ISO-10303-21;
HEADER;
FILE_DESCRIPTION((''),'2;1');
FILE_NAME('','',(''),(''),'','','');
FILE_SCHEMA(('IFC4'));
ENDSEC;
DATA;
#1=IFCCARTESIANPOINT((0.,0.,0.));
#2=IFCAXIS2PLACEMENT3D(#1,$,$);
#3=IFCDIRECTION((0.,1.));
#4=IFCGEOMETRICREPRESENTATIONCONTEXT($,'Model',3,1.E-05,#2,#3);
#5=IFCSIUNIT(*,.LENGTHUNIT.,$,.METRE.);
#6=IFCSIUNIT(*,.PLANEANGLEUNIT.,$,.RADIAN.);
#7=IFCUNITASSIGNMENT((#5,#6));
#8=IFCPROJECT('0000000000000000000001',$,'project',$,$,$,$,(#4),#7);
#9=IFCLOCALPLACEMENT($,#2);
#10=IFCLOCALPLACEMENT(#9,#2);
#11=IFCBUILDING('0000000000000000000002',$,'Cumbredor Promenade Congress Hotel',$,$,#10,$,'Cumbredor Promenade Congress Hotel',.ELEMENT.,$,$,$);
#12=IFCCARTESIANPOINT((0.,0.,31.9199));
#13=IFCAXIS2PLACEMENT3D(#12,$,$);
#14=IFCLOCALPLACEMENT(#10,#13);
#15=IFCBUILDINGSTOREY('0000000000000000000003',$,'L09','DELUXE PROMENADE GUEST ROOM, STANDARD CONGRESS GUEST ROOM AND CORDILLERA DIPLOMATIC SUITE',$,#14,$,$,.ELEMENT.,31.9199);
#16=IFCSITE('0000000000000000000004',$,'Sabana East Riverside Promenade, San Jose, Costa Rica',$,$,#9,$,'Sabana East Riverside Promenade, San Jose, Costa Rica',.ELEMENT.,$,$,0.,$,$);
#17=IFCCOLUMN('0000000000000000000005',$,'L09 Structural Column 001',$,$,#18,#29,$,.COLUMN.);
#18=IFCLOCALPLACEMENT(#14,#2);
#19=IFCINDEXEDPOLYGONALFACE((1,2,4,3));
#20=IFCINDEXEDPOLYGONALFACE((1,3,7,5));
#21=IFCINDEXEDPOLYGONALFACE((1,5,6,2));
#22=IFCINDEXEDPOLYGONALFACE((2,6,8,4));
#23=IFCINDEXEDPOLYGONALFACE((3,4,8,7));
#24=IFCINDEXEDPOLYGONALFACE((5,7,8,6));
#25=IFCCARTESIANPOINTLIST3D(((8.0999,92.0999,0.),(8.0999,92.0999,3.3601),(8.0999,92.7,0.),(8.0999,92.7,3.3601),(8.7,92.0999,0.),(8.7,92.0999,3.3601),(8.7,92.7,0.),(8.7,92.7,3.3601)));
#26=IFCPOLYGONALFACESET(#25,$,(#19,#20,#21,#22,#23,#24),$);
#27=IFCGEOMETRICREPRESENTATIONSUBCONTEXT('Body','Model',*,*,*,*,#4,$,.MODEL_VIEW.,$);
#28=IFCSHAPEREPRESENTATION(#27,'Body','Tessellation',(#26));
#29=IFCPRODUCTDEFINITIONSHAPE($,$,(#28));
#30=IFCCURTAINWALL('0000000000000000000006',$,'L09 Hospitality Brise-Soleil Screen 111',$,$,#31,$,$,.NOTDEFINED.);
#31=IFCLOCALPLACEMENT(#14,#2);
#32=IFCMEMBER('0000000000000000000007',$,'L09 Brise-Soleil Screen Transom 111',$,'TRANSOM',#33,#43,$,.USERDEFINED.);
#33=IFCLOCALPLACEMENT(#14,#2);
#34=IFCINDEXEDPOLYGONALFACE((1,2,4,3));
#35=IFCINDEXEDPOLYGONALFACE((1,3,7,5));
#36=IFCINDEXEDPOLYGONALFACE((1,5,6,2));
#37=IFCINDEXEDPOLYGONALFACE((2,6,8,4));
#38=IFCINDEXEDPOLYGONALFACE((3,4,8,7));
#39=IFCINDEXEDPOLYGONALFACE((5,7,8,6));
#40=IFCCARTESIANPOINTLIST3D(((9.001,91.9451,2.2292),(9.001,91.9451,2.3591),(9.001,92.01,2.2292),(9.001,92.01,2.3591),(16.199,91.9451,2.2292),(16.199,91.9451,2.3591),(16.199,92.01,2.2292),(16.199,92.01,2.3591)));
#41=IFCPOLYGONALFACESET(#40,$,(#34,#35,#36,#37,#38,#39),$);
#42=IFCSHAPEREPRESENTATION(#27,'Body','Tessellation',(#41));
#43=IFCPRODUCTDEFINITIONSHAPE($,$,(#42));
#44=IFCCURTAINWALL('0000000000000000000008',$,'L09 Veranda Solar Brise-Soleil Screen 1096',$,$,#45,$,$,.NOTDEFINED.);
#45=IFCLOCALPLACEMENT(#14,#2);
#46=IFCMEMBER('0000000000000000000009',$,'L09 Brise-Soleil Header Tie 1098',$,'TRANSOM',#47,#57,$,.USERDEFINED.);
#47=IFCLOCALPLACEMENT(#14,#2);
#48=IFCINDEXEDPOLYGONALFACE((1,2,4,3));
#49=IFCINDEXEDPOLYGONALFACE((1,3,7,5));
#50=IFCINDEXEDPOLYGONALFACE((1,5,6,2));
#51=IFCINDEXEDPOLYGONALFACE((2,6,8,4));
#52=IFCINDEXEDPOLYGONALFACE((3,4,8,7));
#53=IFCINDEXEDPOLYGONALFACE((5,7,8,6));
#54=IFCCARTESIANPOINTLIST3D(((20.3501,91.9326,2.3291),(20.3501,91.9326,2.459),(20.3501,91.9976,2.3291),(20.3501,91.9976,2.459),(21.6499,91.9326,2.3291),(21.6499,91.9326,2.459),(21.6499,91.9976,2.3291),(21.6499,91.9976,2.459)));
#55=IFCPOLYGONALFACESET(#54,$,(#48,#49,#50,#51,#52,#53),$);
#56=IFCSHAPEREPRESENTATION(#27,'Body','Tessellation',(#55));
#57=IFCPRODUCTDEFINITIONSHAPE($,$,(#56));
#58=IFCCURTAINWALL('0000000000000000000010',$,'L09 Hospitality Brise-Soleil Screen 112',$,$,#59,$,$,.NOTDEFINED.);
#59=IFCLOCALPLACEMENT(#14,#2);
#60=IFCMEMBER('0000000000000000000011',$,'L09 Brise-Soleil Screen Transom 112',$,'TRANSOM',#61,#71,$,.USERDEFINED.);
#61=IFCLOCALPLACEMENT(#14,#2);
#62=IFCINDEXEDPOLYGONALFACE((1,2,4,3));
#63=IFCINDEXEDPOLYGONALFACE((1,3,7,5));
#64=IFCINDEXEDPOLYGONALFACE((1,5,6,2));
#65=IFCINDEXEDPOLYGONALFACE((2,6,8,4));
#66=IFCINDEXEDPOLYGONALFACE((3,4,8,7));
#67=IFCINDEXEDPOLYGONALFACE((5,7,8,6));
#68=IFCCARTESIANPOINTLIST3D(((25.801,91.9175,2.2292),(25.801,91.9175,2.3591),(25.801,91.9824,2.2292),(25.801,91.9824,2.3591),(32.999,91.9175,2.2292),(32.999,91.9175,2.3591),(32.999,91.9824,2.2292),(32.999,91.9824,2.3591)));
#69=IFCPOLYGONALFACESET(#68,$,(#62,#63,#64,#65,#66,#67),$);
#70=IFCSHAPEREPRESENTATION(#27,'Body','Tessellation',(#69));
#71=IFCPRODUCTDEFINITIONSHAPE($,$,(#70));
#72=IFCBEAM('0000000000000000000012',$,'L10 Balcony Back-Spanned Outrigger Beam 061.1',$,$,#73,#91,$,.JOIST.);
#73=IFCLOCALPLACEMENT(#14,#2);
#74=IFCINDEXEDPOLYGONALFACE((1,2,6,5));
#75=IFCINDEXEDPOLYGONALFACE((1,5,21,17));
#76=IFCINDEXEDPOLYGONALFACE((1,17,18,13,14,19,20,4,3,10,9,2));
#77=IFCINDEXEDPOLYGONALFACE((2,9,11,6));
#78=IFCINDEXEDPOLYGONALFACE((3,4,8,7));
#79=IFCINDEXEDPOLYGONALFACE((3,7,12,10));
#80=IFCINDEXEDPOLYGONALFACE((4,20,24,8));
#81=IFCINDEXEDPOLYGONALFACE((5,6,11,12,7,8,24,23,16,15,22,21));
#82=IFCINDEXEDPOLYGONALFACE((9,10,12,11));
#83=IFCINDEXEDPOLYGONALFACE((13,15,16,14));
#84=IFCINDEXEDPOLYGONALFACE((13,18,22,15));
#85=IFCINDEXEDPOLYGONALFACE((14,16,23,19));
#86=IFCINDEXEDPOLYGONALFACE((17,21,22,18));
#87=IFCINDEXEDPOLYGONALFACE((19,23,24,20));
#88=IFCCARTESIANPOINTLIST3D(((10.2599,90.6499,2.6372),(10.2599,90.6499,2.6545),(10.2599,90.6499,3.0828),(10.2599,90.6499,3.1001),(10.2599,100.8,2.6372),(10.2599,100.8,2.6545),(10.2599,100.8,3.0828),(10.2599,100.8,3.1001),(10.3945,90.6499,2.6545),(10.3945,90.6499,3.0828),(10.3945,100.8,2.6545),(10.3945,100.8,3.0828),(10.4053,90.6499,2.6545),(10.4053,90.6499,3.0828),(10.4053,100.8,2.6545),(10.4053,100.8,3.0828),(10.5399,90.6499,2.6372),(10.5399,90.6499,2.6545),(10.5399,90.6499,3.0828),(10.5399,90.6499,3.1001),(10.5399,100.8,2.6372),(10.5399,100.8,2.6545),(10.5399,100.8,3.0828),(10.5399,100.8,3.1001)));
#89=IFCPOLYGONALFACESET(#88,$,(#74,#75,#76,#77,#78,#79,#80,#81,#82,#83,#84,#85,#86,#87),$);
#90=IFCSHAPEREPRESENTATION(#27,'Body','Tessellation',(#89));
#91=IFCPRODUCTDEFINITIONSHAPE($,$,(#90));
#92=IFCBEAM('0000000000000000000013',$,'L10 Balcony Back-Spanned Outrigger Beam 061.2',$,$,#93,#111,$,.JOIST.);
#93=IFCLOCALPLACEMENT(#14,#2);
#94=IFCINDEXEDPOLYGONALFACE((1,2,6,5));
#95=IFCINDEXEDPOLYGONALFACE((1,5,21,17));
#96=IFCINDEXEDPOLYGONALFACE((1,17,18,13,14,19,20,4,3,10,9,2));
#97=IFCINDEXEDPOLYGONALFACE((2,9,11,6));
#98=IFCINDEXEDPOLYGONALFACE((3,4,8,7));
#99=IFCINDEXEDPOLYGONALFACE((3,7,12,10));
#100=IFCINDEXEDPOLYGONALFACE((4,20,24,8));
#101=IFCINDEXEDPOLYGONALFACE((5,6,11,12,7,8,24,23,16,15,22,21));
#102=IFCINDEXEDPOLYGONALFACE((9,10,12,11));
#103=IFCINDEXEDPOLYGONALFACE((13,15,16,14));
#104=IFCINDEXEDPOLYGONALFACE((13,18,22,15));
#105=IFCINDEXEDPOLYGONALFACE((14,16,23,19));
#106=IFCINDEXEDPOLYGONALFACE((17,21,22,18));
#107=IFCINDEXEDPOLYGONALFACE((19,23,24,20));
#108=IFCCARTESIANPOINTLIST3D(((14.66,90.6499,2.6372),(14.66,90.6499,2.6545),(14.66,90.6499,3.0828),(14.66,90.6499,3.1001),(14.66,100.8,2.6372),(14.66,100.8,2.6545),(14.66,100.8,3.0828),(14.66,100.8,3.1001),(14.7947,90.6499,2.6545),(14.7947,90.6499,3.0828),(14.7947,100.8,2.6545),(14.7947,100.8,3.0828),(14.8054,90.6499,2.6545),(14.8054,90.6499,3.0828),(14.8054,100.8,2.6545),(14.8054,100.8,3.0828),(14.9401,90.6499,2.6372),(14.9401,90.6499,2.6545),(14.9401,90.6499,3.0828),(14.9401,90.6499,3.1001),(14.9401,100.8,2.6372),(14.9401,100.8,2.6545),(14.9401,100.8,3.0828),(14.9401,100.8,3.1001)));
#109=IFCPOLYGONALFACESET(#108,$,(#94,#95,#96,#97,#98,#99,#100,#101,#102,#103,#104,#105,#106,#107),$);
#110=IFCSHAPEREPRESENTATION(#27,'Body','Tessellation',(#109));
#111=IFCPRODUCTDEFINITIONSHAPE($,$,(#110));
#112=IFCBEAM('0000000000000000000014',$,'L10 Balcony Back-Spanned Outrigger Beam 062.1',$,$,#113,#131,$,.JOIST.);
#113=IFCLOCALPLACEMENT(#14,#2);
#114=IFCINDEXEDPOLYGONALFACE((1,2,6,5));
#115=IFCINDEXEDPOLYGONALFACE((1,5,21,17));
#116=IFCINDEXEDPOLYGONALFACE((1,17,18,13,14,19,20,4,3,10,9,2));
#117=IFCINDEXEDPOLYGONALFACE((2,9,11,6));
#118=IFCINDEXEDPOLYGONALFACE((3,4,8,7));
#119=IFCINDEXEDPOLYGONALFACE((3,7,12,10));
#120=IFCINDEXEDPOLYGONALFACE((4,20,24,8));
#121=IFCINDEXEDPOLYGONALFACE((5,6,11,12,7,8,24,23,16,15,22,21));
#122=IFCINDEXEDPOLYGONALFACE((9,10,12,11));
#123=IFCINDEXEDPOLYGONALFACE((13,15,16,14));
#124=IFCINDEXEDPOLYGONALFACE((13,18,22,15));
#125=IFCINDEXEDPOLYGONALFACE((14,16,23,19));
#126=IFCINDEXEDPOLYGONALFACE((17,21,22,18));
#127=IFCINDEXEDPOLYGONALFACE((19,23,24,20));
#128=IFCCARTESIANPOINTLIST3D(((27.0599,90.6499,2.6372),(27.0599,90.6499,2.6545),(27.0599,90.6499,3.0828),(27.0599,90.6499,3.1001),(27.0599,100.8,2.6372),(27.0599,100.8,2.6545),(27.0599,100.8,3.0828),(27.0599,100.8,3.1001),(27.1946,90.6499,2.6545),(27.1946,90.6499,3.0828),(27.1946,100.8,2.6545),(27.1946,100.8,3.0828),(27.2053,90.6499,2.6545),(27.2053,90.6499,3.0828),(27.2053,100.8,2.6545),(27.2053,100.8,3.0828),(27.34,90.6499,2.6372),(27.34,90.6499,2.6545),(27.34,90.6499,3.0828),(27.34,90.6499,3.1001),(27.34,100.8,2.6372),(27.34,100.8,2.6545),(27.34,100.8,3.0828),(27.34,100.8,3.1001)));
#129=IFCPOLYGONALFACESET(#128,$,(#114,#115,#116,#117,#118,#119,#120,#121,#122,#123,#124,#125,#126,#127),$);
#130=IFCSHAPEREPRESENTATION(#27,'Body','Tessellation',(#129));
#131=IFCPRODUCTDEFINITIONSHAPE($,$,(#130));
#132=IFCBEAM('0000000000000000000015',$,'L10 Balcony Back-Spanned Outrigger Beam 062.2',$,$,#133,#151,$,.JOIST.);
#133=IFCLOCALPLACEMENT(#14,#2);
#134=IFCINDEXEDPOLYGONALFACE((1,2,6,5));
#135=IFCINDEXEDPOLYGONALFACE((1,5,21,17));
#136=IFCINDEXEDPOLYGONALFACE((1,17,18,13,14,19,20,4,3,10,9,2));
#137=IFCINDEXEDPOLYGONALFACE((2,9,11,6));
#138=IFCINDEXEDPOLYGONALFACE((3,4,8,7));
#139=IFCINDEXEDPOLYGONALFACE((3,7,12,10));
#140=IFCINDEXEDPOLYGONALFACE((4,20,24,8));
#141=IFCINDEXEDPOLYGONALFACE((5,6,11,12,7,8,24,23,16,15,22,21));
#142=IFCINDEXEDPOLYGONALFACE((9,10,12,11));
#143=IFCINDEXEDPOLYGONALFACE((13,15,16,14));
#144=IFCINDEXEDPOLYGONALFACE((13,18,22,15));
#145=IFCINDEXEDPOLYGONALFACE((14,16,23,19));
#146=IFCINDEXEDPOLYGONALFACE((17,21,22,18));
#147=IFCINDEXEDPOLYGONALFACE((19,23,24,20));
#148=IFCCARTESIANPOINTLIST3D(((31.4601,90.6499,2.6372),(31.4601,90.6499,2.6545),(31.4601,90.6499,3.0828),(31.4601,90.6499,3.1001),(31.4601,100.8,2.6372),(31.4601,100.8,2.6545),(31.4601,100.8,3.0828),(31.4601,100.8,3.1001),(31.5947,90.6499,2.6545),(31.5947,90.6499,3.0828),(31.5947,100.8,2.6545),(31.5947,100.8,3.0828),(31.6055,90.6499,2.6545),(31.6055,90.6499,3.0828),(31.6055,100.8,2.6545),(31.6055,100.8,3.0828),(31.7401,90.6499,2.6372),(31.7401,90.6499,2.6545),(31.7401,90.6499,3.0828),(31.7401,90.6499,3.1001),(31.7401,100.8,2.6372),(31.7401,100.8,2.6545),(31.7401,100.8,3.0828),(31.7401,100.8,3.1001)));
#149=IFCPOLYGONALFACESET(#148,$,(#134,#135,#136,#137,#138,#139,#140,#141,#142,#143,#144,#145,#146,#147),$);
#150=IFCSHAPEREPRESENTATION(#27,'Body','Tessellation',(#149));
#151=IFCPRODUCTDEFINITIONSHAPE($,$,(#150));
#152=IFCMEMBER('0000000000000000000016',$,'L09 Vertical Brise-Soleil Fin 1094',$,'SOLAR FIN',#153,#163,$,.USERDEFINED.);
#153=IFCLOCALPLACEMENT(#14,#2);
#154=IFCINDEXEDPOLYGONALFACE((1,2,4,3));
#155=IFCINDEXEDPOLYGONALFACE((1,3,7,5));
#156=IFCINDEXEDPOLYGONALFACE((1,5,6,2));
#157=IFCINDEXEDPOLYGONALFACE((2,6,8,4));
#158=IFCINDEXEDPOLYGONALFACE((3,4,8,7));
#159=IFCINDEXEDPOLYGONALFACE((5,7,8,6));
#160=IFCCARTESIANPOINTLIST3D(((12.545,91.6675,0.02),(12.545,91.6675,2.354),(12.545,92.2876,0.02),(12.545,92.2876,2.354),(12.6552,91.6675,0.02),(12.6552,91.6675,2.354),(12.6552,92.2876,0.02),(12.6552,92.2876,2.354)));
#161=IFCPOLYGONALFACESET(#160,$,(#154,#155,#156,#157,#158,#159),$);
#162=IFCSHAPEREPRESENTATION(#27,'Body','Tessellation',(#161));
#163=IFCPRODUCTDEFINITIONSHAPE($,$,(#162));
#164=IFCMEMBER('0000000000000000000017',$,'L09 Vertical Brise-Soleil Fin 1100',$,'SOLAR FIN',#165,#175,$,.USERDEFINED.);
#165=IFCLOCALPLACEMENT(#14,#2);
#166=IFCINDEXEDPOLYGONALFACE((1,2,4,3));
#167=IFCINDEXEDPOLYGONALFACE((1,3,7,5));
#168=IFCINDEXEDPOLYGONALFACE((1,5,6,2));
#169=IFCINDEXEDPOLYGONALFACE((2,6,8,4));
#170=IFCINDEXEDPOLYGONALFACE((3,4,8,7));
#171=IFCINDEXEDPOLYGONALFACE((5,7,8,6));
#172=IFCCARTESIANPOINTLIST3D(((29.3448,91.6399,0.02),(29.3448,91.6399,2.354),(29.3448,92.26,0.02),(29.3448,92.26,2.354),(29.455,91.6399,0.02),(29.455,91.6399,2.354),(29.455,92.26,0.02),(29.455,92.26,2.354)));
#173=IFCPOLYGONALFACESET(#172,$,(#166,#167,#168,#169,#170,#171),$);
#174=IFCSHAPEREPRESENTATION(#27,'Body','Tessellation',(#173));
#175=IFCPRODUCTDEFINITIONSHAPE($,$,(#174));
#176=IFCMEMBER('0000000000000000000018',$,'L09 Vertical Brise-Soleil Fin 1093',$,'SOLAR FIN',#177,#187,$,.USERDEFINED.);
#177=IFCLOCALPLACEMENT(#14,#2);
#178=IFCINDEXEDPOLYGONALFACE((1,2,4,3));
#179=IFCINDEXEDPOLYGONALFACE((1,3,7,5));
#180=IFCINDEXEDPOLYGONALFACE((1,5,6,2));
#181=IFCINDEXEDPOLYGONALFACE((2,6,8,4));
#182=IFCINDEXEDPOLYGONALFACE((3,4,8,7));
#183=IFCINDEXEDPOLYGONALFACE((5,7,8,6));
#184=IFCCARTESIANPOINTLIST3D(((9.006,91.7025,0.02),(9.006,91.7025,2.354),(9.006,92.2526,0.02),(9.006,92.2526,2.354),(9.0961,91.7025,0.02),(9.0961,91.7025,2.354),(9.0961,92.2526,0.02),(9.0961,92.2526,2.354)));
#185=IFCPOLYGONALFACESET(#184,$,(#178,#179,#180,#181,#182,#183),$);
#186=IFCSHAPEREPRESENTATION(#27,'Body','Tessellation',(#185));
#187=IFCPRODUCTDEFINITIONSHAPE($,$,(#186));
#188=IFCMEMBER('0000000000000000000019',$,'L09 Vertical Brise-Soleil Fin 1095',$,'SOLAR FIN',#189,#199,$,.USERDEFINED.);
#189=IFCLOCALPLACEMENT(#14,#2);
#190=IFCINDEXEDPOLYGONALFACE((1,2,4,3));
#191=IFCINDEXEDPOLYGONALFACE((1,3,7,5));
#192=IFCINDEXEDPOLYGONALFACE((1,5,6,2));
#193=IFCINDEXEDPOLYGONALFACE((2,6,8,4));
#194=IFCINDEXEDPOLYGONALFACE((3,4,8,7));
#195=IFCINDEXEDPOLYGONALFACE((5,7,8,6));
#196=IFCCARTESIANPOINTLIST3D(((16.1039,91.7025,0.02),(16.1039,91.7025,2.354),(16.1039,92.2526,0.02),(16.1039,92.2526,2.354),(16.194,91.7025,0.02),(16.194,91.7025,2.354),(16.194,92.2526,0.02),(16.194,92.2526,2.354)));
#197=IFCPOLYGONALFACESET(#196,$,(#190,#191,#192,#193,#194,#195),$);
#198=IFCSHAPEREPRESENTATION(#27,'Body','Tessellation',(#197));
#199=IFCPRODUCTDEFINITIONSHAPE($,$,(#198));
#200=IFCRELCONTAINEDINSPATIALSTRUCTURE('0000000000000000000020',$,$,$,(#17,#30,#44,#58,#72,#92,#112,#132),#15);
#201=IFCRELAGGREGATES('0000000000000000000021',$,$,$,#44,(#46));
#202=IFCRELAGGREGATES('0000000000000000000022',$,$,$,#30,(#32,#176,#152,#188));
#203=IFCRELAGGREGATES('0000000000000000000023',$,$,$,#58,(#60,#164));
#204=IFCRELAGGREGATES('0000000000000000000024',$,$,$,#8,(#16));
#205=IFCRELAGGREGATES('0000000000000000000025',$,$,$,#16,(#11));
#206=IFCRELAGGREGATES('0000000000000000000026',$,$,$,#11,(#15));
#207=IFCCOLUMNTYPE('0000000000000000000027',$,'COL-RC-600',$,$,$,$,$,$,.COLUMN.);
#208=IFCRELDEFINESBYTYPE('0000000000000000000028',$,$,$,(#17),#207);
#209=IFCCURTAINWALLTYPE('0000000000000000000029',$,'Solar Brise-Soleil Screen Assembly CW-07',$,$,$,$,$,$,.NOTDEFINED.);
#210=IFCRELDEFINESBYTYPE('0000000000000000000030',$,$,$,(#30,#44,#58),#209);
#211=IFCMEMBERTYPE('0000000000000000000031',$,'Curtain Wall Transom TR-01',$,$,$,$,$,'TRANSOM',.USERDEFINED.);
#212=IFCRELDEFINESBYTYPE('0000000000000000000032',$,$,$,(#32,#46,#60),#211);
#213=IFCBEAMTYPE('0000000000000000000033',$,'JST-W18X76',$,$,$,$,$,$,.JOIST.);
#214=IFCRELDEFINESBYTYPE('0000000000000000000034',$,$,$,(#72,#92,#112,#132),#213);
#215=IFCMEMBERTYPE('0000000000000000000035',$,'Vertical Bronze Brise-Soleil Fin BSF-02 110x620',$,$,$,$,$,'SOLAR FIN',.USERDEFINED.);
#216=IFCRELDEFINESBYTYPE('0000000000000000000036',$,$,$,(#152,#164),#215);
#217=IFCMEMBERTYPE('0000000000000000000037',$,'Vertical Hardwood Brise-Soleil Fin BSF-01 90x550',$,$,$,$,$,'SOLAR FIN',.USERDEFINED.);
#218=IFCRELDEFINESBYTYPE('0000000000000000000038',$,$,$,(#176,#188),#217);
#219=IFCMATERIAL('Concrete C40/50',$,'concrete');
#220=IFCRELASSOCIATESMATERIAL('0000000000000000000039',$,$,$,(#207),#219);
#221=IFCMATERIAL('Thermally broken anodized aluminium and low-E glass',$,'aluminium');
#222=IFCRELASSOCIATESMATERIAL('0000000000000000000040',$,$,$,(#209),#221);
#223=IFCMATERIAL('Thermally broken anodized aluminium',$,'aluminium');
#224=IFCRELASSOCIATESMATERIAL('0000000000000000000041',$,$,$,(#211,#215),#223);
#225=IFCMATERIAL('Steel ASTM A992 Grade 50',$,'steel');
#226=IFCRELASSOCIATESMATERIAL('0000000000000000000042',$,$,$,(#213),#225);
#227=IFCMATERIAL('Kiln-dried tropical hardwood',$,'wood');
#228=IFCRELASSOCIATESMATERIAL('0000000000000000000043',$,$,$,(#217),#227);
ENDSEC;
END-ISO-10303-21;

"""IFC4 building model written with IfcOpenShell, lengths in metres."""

from ifc_helpers import new_model, si_unit, direction, frame, origin, origin_2d, place, context, subcontext, project, spatial, rectangle, i_section, extrude, material, material_profile, profile_set, type_object, element, aggregate, save


model = new_model("IFC4")

# Units and contexts
model_context = context("Model", 3, precision=1e-05, world=origin(), true_north=direction((0.0, 1.0)))
body_context = subcontext(model_context, "Body", "Model", "MODEL_VIEW")
ifc_project = project(units=[si_unit("LENGTHUNIT", "METRE"), si_unit("PLANEANGLEUNIT", "RADIAN")], contexts=[model_context])

# Site, building, storey
site_placement = place(None, origin())
site = spatial("IfcSite", under=ifc_project, at=site_placement, Name="Sabana East Riverside Promenade, San Jose, Costa Rica", LongName="Sabana East Riverside Promenade, San Jose, Costa Rica", CompositionType="ELEMENT", RefElevation=0.0)
building_placement = place(site_placement, origin())
building = spatial("IfcBuilding", under=site, at=building_placement, Name="Cumbredor Promenade Congress Hotel", LongName="Cumbredor Promenade Congress Hotel", CompositionType="ELEMENT")
storey_placement = place(building_placement, frame((0.0, 0.0, 31.9199)))
storey = spatial("IfcBuildingStorey", under=building, at=storey_placement, Name="L09", Description="DELUXE PROMENADE GUEST ROOM, STANDARD CONGRESS GUEST ROOM AND CORDILLERA DIPLOMATIC SUITE", CompositionType="ELEMENT", Elevation=31.9199)

# Column
ifc_material_1 = material(Name="Concrete C40/50", Category="concrete")
ifc_material_profile_1 = material_profile(ifc_material_1, rectangle(XDim=0.6001, YDim=0.6001, at=origin_2d()), Name="RC 600x600")
ifc_profile_set_1 = profile_set([ifc_material_profile_1], Name="Concrete C40/50")
column_type = type_object("IfcColumnType", Name="COL-RC-600", PredefinedType="COLUMN", material=ifc_profile_set_1)
column_placement = place(storey_placement, frame((8.3999, 92.3999, 0.0), z_axis=(0.0, 0.0, 1.0), x_axis=(1.0, 0.0, 0.0)))
element("IfcColumn", 1, at=column_placement, inside=storey, type_object=column_type, Name="L09 Structural Column 001", PredefinedType="COLUMN", context=body_context, shape_type="SweptSolid", body=[
    extrude(rectangle(XDim=0.6001, YDim=0.6001, at=origin_2d()), origin(), (0.0, 0.0, 1.0), 3.3601),
])

# Curtain walls, members
ifc_material_2 = material(Name="Thermally broken anodized aluminium and low-E glass", Category="aluminium")
curtain_wall_type = type_object("IfcCurtainWallType", Name="Solar Brise-Soleil Screen Assembly CW-07", PredefinedType="NOTDEFINED", material=ifc_material_2)
curtain_wall_1_placement = place(storey_placement, origin())
curtain_wall_1 = element("IfcCurtainWall", 2, at=curtain_wall_1_placement, inside=storey, type_object=curtain_wall_type, Name="L09 Hospitality Brise-Soleil Screen 111", PredefinedType="NOTDEFINED")
ifc_material_3 = material(Name="Thermally broken anodized aluminium", Category="aluminium")
ifc_material_profile_2 = material_profile(ifc_material_3, rectangle(XDim=0.0649, YDim=0.1299, at=origin_2d()), Name="ALU TRANSOM 65x130")
ifc_profile_set_2 = profile_set([ifc_material_profile_2], Name="Thermally broken anodized aluminium")
member_type_1 = type_object("IfcMemberType", Name="Curtain Wall Transom TR-01", ElementType="TRANSOM", PredefinedType="USERDEFINED", material=ifc_profile_set_2)
member_1_placement = place(storey_placement, frame((9.001, 91.9775, 2.2942), z_axis=(1.0, 0.0, 0.0), x_axis=(0.0, 1.0, 0.0)))
member_1 = element("IfcMember", 3, at=member_1_placement, type_object=member_type_1, Name="L09 Brise-Soleil Screen Transom 111", ObjectType="TRANSOM", PredefinedType="USERDEFINED", context=body_context, shape_type="SweptSolid", body=[
    extrude(rectangle(XDim=0.0649, YDim=0.1299, at=origin_2d()), origin(), (0.0, 0.0, 1.0), 7.198),
])
curtain_wall_2_placement = place(storey_placement, origin())
curtain_wall_2 = element("IfcCurtainWall", 4, at=curtain_wall_2_placement, inside=storey, type_object=curtain_wall_type, Name="L09 Veranda Solar Brise-Soleil Screen 1096", PredefinedType="NOTDEFINED")
member_2_placement = place(storey_placement, frame((20.3501, 91.9651, 2.394), z_axis=(1.0, 0.0, 0.0), x_axis=(0.0, 1.0, 0.0)))
member_2 = element("IfcMember", 5, at=member_2_placement, type_object=member_type_1, Name="L09 Brise-Soleil Header Tie 1098", ObjectType="TRANSOM", PredefinedType="USERDEFINED", context=body_context, shape_type="SweptSolid", body=[
    extrude(rectangle(XDim=0.0649, YDim=0.1299, at=origin_2d()), origin(), (0.0, 0.0, 1.0), 1.2998),
])
curtain_wall_3_placement = place(storey_placement, origin())
curtain_wall_3 = element("IfcCurtainWall", 6, at=curtain_wall_3_placement, inside=storey, type_object=curtain_wall_type, Name="L09 Hospitality Brise-Soleil Screen 112", PredefinedType="NOTDEFINED")
member_3_placement = place(storey_placement, frame((25.801, 91.95, 2.2942), z_axis=(1.0, 0.0, 0.0), x_axis=(0.0, 1.0, 0.0)))
member_3 = element("IfcMember", 7, at=member_3_placement, type_object=member_type_1, Name="L09 Brise-Soleil Screen Transom 112", ObjectType="TRANSOM", PredefinedType="USERDEFINED", context=body_context, shape_type="SweptSolid", body=[
    extrude(rectangle(XDim=0.0649, YDim=0.1299, at=origin_2d()), origin(), (0.0, 0.0, 1.0), 7.198),
])

# Beams
ifc_material_4 = material(Name="Steel ASTM A992 Grade 50", Category="steel")
ifc_material_profile_3 = material_profile(ifc_material_4, i_section(OverallWidth=0.28, OverallDepth=0.4629, WebThickness=0.0107, FlangeThickness=0.0173, at=origin_2d()), Name="W18X76")
ifc_profile_set_3 = profile_set([ifc_material_profile_3], Name="Steel ASTM A992 Grade 50")
beam_type = type_object("IfcBeamType", Name="JST-W18X76", PredefinedType="JOIST", material=ifc_profile_set_3)
for number, where, z_axis, x_axis, name in (
    (8, (10.3999, 90.6499, 2.8687), (0.0, 1.0, 0.0), (-1.0, 0.0, 0.0), "L10 Balcony Back-Spanned Outrigger Beam 061.1"),
    (9, (14.8, 90.6499, 2.8687), (0.0, 1.0, 0.0), (-1.0, 0.0, 0.0), "L10 Balcony Back-Spanned Outrigger Beam 061.2"),
    (10, (27.2, 90.6499, 2.8687), (0.0, 1.0, 0.0), (-1.0, 0.0, 0.0), "L10 Balcony Back-Spanned Outrigger Beam 062.1"),
    (11, (31.6001, 90.6499, 2.8687), (0.0, 1.0, 0.0), (-1.0, 0.0, 0.0), "L10 Balcony Back-Spanned Outrigger Beam 062.2"),
):
    element("IfcBeam", number, at=place(storey_placement, frame(where, z_axis=z_axis, x_axis=x_axis)), inside=storey, type_object=beam_type, Name=name, PredefinedType="JOIST", context=body_context, shape_type="SweptSolid", body=[
        extrude(i_section(OverallWidth=0.28, OverallDepth=0.4629, WebThickness=0.0107, FlangeThickness=0.0173, at=origin_2d()), origin(), (0.0, 0.0, 1.0), 10.1501),
    ])

# Members
ifc_material_profile_4 = material_profile(ifc_material_3, rectangle(XDim=0.1101, YDim=0.6201, at=origin_2d()), Name="ARCH FIN 110x620")
ifc_profile_set_4 = profile_set([ifc_material_profile_4], Name="Thermally broken anodized aluminium")
member_type_2 = type_object("IfcMemberType", Name="Vertical Bronze Brise-Soleil Fin BSF-02 110x620", ElementType="SOLAR FIN", PredefinedType="USERDEFINED", material=ifc_profile_set_4)
member_4_placement = place(storey_placement, frame((12.6001, 91.9775, 0.02), z_axis=(0.0, 0.0, 1.0), x_axis=(1.0, 0.0, 0.0)))
member_4 = element("IfcMember", 12, at=member_4_placement, type_object=member_type_2, Name="L09 Vertical Brise-Soleil Fin 1094", ObjectType="SOLAR FIN", PredefinedType="USERDEFINED", context=body_context, shape_type="SweptSolid", body=[
    extrude(rectangle(XDim=0.1101, YDim=0.6201, at=origin_2d()), origin(), (0.0, 0.0, 1.0), 2.334),
])
member_5_placement = place(storey_placement, frame((29.3999, 91.95, 0.02), z_axis=(0.0, 0.0, 1.0), x_axis=(1.0, 0.0, 0.0)))
member_5 = element("IfcMember", 13, at=member_5_placement, type_object=member_type_2, Name="L09 Vertical Brise-Soleil Fin 1100", ObjectType="SOLAR FIN", PredefinedType="USERDEFINED", context=body_context, shape_type="SweptSolid", body=[
    extrude(rectangle(XDim=0.1101, YDim=0.6201, at=origin_2d()), origin(), (0.0, 0.0, 1.0), 2.334),
])
ifc_material_5 = material(Name="Kiln-dried tropical hardwood", Category="wood")
ifc_material_profile_5 = material_profile(ifc_material_5, rectangle(XDim=0.0901, YDim=0.55, at=origin_2d()), Name="ARCH FIN 90x550")
ifc_profile_set_5 = profile_set([ifc_material_profile_5], Name="Kiln-dried tropical hardwood")
member_type_3 = type_object("IfcMemberType", Name="Vertical Hardwood Brise-Soleil Fin BSF-01 90x550", ElementType="SOLAR FIN", PredefinedType="USERDEFINED", material=ifc_profile_set_5)
member_6_placement = place(storey_placement, frame((9.051, 91.9775, 0.02), z_axis=(0.0, 0.0, 1.0), x_axis=(1.0, 0.0, 0.0)))
member_6 = element("IfcMember", 14, at=member_6_placement, type_object=member_type_3, Name="L09 Vertical Brise-Soleil Fin 1093", ObjectType="SOLAR FIN", PredefinedType="USERDEFINED", context=body_context, shape_type="SweptSolid", body=[
    extrude(rectangle(XDim=0.0901, YDim=0.55, at=origin_2d()), origin(), (0.0, 0.0, 1.0), 2.334),
])
member_7_placement = place(storey_placement, frame((16.1489, 91.9775, 0.02), z_axis=(0.0, 0.0, 1.0), x_axis=(1.0, 0.0, 0.0)))
member_7 = element("IfcMember", 15, at=member_7_placement, type_object=member_type_3, Name="L09 Vertical Brise-Soleil Fin 1095", ObjectType="SOLAR FIN", PredefinedType="USERDEFINED", context=body_context, shape_type="SweptSolid", body=[
    extrude(rectangle(XDim=0.0901, YDim=0.55, at=origin_2d()), origin(), (0.0, 0.0, 1.0), 2.334),
])
aggregate(curtain_wall_2, [member_2])

aggregate(curtain_wall_1, [member_1, member_6, member_4, member_7])
aggregate(curtain_wall_3, [member_3, member_5])

save(model, "model.ifc")
